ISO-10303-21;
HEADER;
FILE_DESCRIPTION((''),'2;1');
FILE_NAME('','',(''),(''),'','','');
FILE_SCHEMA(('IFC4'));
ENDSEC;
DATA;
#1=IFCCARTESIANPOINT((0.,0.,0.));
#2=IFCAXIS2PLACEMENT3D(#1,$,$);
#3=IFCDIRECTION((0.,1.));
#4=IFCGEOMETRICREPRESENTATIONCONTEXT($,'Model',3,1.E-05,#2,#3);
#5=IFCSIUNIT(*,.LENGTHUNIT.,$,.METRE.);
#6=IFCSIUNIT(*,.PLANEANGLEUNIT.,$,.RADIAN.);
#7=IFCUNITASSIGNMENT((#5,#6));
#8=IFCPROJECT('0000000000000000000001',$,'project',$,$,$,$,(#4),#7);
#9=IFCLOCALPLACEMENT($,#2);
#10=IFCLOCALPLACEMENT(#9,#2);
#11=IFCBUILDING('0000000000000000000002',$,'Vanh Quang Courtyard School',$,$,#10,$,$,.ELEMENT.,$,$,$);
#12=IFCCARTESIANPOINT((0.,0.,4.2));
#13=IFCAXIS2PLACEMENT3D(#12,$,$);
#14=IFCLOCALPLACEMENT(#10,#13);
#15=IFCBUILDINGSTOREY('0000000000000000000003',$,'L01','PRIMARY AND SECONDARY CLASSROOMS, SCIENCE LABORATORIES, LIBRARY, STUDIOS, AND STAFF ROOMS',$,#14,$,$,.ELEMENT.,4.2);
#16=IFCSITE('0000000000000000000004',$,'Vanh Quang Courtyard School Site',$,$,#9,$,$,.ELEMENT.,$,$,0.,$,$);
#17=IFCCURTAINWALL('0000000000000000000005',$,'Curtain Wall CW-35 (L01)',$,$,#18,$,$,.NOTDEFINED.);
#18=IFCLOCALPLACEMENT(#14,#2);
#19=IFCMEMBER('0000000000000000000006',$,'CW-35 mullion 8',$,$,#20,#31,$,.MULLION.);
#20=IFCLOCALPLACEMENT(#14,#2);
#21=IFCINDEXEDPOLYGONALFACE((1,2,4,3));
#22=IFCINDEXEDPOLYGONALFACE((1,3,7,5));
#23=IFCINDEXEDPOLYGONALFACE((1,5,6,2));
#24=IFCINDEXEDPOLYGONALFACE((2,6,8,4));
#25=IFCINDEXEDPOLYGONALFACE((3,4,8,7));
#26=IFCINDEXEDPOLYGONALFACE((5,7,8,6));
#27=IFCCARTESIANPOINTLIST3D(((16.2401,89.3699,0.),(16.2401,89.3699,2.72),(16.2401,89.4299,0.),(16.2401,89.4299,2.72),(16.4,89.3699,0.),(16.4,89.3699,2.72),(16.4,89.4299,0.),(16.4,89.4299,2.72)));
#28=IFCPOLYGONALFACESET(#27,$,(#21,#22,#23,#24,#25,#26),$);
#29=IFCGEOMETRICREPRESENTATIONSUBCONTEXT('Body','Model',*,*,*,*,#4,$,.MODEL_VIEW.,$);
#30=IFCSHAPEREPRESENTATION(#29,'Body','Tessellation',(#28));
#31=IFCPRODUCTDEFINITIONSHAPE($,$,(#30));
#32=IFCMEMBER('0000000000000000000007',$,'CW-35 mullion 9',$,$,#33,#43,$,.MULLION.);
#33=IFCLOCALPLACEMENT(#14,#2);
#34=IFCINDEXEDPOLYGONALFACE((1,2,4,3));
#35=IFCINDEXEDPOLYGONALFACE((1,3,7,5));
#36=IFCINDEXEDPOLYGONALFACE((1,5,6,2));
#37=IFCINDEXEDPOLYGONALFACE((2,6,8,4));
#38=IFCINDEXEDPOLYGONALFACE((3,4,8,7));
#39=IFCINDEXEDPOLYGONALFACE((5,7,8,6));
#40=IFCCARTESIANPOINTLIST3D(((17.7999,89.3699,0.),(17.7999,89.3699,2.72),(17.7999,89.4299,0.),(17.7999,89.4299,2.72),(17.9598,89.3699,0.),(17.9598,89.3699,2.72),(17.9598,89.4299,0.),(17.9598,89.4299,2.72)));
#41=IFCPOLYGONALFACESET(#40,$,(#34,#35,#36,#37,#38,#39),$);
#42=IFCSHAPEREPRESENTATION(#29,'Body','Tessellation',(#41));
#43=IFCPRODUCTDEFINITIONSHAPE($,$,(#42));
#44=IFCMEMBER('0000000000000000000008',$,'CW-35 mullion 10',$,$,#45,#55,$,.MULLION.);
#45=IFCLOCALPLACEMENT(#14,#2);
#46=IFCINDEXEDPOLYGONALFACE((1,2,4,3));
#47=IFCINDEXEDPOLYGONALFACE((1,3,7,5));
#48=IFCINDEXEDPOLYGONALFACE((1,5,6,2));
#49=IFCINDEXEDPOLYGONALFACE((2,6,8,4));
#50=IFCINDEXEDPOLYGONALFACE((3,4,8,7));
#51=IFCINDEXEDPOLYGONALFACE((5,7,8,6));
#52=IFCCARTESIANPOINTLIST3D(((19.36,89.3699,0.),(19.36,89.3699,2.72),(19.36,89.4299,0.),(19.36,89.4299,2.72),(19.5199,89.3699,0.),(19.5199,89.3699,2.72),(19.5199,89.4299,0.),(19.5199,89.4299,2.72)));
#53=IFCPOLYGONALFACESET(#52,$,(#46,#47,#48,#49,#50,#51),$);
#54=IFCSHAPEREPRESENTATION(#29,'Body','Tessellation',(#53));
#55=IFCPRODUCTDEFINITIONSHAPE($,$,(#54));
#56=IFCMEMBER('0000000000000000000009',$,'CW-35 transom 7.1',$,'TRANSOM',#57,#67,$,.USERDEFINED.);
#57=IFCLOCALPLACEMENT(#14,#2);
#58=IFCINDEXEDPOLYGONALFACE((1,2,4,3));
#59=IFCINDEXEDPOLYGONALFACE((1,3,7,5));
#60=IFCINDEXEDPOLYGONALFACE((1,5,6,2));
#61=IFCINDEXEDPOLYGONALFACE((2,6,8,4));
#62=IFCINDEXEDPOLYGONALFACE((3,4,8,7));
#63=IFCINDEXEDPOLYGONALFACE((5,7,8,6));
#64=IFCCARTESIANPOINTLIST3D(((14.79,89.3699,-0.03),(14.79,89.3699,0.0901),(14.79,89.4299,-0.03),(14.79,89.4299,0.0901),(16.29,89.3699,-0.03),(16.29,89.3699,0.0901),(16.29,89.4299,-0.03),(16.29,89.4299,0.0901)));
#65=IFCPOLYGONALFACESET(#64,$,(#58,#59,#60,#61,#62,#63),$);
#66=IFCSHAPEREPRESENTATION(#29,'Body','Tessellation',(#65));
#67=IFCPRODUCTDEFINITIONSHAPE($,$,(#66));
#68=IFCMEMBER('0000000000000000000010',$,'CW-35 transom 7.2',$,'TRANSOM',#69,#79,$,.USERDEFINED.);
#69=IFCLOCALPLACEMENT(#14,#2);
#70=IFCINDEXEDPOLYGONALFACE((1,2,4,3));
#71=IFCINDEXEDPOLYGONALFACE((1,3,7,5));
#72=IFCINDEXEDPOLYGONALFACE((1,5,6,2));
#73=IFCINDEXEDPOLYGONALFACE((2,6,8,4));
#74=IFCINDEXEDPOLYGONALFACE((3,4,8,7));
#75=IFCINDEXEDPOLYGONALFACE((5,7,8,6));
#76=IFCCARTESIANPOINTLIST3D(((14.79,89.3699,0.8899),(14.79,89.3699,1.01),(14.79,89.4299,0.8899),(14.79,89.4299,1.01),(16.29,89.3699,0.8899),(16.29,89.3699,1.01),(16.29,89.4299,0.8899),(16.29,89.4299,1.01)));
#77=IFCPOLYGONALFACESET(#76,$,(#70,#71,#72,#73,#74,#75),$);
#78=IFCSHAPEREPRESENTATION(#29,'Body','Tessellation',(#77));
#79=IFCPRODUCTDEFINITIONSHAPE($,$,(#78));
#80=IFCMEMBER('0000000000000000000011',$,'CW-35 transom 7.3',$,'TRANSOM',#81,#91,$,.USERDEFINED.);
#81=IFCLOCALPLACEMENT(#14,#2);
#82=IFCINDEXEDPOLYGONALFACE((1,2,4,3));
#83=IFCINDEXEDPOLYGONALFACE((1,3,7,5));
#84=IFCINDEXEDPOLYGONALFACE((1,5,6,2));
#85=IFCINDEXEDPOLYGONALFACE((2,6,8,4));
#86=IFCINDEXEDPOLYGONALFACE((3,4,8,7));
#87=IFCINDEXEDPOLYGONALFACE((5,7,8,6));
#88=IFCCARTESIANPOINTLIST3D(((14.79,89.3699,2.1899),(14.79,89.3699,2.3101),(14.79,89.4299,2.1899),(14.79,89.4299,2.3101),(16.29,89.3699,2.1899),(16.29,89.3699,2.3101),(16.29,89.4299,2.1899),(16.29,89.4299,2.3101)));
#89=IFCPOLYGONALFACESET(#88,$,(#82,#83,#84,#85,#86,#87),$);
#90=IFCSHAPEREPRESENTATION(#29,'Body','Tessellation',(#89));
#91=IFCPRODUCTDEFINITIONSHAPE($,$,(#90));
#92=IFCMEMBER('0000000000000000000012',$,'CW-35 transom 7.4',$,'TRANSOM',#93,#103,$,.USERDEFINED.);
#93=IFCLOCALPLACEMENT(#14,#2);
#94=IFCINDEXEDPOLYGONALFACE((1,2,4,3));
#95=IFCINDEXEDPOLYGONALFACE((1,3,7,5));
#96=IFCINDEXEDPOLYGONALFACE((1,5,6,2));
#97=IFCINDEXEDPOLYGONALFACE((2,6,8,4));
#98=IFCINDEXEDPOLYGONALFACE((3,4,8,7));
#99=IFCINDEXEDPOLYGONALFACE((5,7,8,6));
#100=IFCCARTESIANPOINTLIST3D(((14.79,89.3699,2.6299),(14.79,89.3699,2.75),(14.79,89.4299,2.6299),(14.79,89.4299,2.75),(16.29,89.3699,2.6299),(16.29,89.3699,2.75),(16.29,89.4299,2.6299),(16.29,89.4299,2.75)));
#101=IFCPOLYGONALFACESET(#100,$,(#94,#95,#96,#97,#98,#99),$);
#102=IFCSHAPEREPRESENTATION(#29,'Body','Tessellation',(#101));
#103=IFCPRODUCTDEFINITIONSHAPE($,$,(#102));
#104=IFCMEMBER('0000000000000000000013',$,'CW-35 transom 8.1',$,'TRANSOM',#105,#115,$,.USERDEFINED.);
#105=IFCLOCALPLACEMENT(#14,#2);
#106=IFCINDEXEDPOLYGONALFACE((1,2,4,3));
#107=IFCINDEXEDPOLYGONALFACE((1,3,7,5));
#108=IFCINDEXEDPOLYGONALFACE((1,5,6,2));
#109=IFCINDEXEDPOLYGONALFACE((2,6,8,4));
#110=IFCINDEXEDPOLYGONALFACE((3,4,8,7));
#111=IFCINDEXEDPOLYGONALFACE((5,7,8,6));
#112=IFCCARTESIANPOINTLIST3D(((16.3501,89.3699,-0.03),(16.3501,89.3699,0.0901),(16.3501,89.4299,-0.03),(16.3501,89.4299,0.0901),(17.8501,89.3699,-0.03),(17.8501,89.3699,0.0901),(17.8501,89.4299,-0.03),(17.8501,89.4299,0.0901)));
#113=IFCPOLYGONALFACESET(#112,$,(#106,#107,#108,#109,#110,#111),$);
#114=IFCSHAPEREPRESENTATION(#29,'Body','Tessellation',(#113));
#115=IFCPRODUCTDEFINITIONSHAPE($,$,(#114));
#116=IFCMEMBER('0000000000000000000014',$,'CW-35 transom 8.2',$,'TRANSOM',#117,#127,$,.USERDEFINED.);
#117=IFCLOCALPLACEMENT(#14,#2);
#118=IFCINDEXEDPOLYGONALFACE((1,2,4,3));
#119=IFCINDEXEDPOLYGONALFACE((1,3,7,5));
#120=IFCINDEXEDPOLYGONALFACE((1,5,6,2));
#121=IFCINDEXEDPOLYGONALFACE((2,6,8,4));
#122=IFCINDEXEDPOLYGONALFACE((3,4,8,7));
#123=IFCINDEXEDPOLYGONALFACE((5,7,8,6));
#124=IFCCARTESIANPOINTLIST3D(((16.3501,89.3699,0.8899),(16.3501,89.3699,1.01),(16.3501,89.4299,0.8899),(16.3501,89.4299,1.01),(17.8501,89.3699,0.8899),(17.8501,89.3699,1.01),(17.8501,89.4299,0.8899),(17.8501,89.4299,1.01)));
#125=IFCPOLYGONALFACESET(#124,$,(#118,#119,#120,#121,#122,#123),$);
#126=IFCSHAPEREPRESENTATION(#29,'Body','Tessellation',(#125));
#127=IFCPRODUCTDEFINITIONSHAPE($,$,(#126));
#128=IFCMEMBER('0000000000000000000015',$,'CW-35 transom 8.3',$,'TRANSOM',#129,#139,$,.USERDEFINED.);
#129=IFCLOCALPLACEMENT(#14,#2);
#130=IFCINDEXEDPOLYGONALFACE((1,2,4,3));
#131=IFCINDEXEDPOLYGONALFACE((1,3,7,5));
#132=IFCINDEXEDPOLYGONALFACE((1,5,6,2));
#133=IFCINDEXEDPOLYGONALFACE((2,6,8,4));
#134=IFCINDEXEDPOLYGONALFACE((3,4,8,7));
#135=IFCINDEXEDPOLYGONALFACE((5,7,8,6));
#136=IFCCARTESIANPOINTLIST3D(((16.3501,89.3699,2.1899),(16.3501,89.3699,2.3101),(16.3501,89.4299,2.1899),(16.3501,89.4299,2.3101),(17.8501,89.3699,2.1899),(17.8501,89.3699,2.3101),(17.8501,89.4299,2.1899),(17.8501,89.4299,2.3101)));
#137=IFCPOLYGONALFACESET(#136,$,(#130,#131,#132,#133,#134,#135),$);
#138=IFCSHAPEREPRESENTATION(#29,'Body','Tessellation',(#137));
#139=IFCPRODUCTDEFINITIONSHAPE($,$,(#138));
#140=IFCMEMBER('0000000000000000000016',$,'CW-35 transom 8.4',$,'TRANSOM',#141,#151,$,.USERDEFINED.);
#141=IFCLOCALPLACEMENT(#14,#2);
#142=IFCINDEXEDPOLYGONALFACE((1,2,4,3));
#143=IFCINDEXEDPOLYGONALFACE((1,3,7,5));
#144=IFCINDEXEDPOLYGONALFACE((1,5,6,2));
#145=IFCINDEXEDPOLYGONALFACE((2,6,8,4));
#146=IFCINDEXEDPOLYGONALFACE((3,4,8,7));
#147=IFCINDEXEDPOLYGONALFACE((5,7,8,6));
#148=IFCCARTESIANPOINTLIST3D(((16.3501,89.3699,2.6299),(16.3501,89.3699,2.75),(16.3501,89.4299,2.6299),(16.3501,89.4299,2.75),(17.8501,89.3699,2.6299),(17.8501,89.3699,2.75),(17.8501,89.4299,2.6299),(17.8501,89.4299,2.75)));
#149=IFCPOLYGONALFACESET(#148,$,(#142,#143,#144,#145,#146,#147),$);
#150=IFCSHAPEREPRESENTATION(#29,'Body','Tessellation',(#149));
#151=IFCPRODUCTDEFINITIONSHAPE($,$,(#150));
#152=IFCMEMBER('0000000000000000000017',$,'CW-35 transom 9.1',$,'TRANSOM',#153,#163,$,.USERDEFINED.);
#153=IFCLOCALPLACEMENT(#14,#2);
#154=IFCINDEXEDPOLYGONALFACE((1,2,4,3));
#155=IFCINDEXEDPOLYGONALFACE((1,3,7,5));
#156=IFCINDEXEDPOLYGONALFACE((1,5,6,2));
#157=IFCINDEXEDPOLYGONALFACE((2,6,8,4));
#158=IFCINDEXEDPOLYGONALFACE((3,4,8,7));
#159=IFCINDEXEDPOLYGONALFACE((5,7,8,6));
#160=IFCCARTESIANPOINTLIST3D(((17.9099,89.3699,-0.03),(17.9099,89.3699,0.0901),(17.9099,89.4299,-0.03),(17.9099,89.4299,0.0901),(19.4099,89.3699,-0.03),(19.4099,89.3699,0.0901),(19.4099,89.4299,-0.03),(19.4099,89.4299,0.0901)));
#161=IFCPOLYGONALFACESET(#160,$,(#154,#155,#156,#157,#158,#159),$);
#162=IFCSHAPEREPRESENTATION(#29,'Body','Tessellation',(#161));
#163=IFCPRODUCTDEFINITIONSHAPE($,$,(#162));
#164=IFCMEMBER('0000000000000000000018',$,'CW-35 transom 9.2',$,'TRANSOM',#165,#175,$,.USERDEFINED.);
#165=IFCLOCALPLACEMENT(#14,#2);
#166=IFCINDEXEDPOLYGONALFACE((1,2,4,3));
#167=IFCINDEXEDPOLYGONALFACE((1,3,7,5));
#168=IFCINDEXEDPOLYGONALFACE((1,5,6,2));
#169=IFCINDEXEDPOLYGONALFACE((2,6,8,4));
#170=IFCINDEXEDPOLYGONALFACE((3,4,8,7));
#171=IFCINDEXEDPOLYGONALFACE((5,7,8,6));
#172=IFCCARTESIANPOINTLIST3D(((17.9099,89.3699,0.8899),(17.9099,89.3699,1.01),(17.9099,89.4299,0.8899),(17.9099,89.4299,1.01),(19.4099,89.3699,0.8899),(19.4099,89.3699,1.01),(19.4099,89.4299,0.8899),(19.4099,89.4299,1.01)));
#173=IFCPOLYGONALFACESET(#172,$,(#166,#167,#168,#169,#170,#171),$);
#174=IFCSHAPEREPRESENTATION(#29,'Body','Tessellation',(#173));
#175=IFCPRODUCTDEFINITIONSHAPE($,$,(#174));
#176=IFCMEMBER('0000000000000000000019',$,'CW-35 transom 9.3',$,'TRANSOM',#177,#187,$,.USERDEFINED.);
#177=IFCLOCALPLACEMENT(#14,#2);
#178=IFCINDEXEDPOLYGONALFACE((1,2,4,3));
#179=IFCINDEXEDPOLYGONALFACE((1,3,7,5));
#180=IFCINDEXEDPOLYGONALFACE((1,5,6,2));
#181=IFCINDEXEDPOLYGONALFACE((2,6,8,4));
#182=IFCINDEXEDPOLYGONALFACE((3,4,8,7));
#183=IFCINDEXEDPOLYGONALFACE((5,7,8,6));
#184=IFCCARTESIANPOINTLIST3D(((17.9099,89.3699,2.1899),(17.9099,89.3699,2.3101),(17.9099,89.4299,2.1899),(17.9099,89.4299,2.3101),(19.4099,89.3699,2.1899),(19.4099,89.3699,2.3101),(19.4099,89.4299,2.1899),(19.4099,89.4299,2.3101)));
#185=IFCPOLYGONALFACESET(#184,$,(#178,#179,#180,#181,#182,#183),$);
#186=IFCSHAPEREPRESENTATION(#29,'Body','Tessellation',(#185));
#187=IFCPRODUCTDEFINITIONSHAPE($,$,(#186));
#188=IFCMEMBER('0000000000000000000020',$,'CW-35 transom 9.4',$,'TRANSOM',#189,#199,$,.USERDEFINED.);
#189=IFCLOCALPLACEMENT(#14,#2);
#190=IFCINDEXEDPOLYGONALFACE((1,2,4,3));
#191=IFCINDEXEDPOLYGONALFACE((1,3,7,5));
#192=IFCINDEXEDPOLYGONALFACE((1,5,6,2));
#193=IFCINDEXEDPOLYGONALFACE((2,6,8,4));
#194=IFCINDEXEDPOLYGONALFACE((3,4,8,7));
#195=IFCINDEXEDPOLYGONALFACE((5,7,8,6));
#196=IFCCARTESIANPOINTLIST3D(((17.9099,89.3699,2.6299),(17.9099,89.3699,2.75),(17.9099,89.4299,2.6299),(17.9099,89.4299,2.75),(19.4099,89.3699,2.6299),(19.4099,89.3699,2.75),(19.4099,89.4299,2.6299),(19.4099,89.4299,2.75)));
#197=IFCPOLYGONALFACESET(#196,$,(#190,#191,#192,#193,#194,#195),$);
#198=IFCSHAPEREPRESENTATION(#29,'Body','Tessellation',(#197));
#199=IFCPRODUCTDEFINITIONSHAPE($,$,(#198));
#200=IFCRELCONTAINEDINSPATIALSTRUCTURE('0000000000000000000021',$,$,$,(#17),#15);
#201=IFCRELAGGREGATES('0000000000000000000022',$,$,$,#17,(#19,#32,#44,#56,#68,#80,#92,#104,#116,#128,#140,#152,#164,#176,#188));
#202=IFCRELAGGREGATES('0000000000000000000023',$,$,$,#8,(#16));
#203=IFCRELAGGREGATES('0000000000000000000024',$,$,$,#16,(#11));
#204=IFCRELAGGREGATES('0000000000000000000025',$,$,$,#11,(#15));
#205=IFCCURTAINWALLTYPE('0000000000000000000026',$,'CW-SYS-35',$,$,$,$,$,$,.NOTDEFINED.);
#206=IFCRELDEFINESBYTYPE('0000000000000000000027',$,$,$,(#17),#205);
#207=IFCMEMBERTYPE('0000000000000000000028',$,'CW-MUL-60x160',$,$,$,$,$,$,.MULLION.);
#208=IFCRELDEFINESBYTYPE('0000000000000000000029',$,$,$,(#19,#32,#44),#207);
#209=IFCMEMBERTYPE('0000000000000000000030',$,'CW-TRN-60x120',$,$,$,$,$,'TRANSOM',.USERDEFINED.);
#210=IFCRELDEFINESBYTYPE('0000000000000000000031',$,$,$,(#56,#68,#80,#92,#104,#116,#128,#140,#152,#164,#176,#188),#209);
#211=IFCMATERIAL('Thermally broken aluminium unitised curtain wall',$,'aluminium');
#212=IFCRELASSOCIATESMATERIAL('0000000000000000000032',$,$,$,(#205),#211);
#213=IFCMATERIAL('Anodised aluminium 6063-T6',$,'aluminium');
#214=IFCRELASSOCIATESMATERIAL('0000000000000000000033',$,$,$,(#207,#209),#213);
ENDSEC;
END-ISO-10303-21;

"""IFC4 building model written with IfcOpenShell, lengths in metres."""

from ifc_helpers import new_model, si_unit, direction, frame, origin, origin_2d, place, context, subcontext, project, spatial, rectangle, extrude, material, material_profile, profile_set, type_object, element, aggregate, save


model = new_model("IFC4")

# Units and contexts
model_context = context("Model", 3, precision=1e-05, world=origin(), true_north=direction((0.0, 1.0)))
body_context = subcontext(model_context, "Body", "Model", "MODEL_VIEW")
ifc_project = project(units=[si_unit("LENGTHUNIT", "METRE"), si_unit("PLANEANGLEUNIT", "RADIAN")], contexts=[model_context])

# Site, building, storey
site_placement = place(None, origin())
site = spatial("IfcSite", under=ifc_project, at=site_placement, Name="Vanh Quang Courtyard School Site", CompositionType="ELEMENT", RefElevation=0.0)
building_placement = place(site_placement, origin())
building = spatial("IfcBuilding", under=site, at=building_placement, Name="Vanh Quang Courtyard School", CompositionType="ELEMENT")
storey_placement = place(building_placement, frame((0.0, 0.0, 4.2)))
storey = spatial("IfcBuildingStorey", under=building, at=storey_placement, Name="L01", Description="PRIMARY AND SECONDARY CLASSROOMS, SCIENCE LABORATORIES, LIBRARY, STUDIOS, AND STAFF ROOMS", CompositionType="ELEMENT", Elevation=4.2)

# Curtain wall, members
ifc_material_1 = material(Name="Thermally broken aluminium unitised curtain wall", Category="aluminium")
curtain_wall_type = type_object("IfcCurtainWallType", Name="CW-SYS-35", PredefinedType="NOTDEFINED", material=ifc_material_1)
curtain_wall_placement = place(storey_placement, origin())
curtain_wall = element("IfcCurtainWall", 1, at=curtain_wall_placement, inside=storey, type_object=curtain_wall_type, Name="Curtain Wall CW-35 (L01)", PredefinedType="NOTDEFINED")
ifc_material_2 = material(Name="Anodised aluminium 6063-T6", Category="aluminium")
ifc_material_profile_1 = material_profile(ifc_material_2, rectangle(XDim=0.0601, YDim=0.1599, at=origin_2d()), Name="ALU-MUL 60x160")
ifc_profile_set_1 = profile_set([ifc_material_profile_1], Name="Anodised aluminium 6063-T6")
member_type_1 = type_object("IfcMemberType", Name="CW-MUL-60x160", PredefinedType="MULLION", material=ifc_profile_set_1)
member_1_placement = place(storey_placement, frame((16.3201, 89.3999, 0.0), z_axis=(0.0, 0.0, 1.0), x_axis=(0.0, 1.0, 0.0)))
member_1 = element("IfcMember", 2, at=member_1_placement, type_object=member_type_1, Name="CW-35 mullion 8", PredefinedType="MULLION", context=body_context, shape_type="SweptSolid", body=[
    extrude(rectangle(XDim=0.0601, YDim=0.1599, at=origin_2d()), origin(), (0.0, 0.0, 1.0), 2.72),
])
member_2_placement = place(storey_placement, frame((17.8799, 89.3999, 0.0), z_axis=(0.0, 0.0, 1.0), x_axis=(0.0, 1.0, 0.0)))
member_2 = element("IfcMember", 3, at=member_2_placement, type_object=member_type_1, Name="CW-35 mullion 9", PredefinedType="MULLION", context=body_context, shape_type="SweptSolid", body=[
    extrude(rectangle(XDim=0.0601, YDim=0.1599, at=origin_2d()), origin(), (0.0, 0.0, 1.0), 2.72),
])
member_3_placement = place(storey_placement, frame((19.4399, 89.3999, 0.0), z_axis=(0.0, 0.0, 1.0), x_axis=(0.0, 1.0, 0.0)))
member_3 = element("IfcMember", 4, at=member_3_placement, type_object=member_type_1, Name="CW-35 mullion 10", PredefinedType="MULLION", context=body_context, shape_type="SweptSolid", body=[
    extrude(rectangle(XDim=0.0601, YDim=0.1599, at=origin_2d()), origin(), (0.0, 0.0, 1.0), 2.72),
])
ifc_material_profile_2 = material_profile(ifc_material_2, rectangle(XDim=0.0601, YDim=0.1201, at=origin_2d()), Name="ALU-TRN 60x120")
ifc_profile_set_2 = profile_set([ifc_material_profile_2], Name="Anodised aluminium 6063-T6")
member_type_2 = type_object("IfcMemberType", Name="CW-TRN-60x120", ElementType="TRANSOM", PredefinedType="USERDEFINED", material=ifc_profile_set_2)
member_4_placement = place(storey_placement, frame((14.79, 89.3999, 0.03), z_axis=(1.0, 0.0, 0.0), x_axis=(0.0, 1.0, 0.0)))
member_4 = element("IfcMember", 5, at=member_4_placement, type_object=member_type_2, Name="CW-35 transom 7.1", ObjectType="TRANSOM", PredefinedType="USERDEFINED", context=body_context, shape_type="SweptSolid", body=[
    extrude(rectangle(XDim=0.0601, YDim=0.1201, at=origin_2d()), origin(), (0.0, 0.0, 1.0), 1.5),
])
member_5_placement = place(storey_placement, frame((14.79, 89.3999, 0.95), z_axis=(1.0, 0.0, 0.0), x_axis=(0.0, 1.0, 0.0)))
member_5 = element("IfcMember", 6, at=member_5_placement, type_object=member_type_2, Name="CW-35 transom 7.2", ObjectType="TRANSOM", PredefinedType="USERDEFINED", context=body_context, shape_type="SweptSolid", body=[
    extrude(rectangle(XDim=0.0601, YDim=0.1201, at=origin_2d()), origin(), (0.0, 0.0, 1.0), 1.5),
])
member_6_placement = place(storey_placement, frame((14.79, 89.3999, 2.25), z_axis=(1.0, 0.0, 0.0), x_axis=(0.0, 1.0, 0.0)))
member_6 = element("IfcMember", 7, at=member_6_placement, type_object=member_type_2, Name="CW-35 transom 7.3", ObjectType="TRANSOM", PredefinedType="USERDEFINED", context=body_context, shape_type="SweptSolid", body=[
    extrude(rectangle(XDim=0.0601, YDim=0.1201, at=origin_2d()), origin(), (0.0, 0.0, 1.0), 1.5),
])
member_7_placement = place(storey_placement, frame((14.79, 89.3999, 2.6899), z_axis=(1.0, 0.0, 0.0), x_axis=(0.0, 1.0, 0.0)))
member_7 = element("IfcMember", 8, at=member_7_placement, type_object=member_type_2, Name="CW-35 transom 7.4", ObjectType="TRANSOM", PredefinedType="USERDEFINED", context=body_context, shape_type="SweptSolid", body=[
    extrude(rectangle(XDim=0.0601, YDim=0.1201, at=origin_2d()), origin(), (0.0, 0.0, 1.0), 1.5),
])
member_8_placement = place(storey_placement, frame((16.3501, 89.3999, 0.03), z_axis=(1.0, 0.0, 0.0), x_axis=(0.0, 1.0, 0.0)))
member_8 = element("IfcMember", 9, at=member_8_placement, type_object=member_type_2, Name="CW-35 transom 8.1", ObjectType="TRANSOM", PredefinedType="USERDEFINED", context=body_context, shape_type="SweptSolid", body=[
    extrude(rectangle(XDim=0.0601, YDim=0.1201, at=origin_2d()), origin(), (0.0, 0.0, 1.0), 1.5),
])
member_9_placement = place(storey_placement, frame((16.3501, 89.3999, 0.95), z_axis=(1.0, 0.0, 0.0), x_axis=(0.0, 1.0, 0.0)))
member_9 = element("IfcMember", 10, at=member_9_placement, type_object=member_type_2, Name="CW-35 transom 8.2", ObjectType="TRANSOM", PredefinedType="USERDEFINED", context=body_context, shape_type="SweptSolid", body=[
    extrude(rectangle(XDim=0.0601, YDim=0.1201, at=origin_2d()), origin(), (0.0, 0.0, 1.0), 1.5),
])
member_10_placement = place(storey_placement, frame((16.3501, 89.3999, 2.25), z_axis=(1.0, 0.0, 0.0), x_axis=(0.0, 1.0, 0.0)))
member_10 = element("IfcMember", 11, at=member_10_placement, type_object=member_type_2, Name="CW-35 transom 8.3", ObjectType="TRANSOM", PredefinedType="USERDEFINED", context=body_context, shape_type="SweptSolid", body=[
    extrude(rectangle(XDim=0.0601, YDim=0.1201, at=origin_2d()), origin(), (0.0, 0.0, 1.0), 1.5),
])
member_11_placement = place(storey_placement, frame((16.3501, 89.3999, 2.6899), z_axis=(1.0, 0.0, 0.0), x_axis=(0.0, 1.0, 0.0)))
member_11 = element("IfcMember", 12, at=member_11_placement, type_object=member_type_2, Name="CW-35 transom 8.4", ObjectType="TRANSOM", PredefinedType="USERDEFINED", context=body_context, shape_type="SweptSolid", body=[
    extrude(rectangle(XDim=0.0601, YDim=0.1201, at=origin_2d()), origin(), (0.0, 0.0, 1.0), 1.5),
])
member_12_placement = place(storey_placement, frame((17.9099, 89.3999, 0.03), z_axis=(1.0, 0.0, 0.0), x_axis=(0.0, 1.0, 0.0)))
member_12 = element("IfcMember", 13, at=member_12_placement, type_object=member_type_2, Name="CW-35 transom 9.1", ObjectType="TRANSOM", PredefinedType="USERDEFINED", context=body_context, shape_type="SweptSolid", body=[
    extrude(rectangle(XDim=0.0601, YDim=0.1201, at=origin_2d()), origin(), (0.0, 0.0, 1.0), 1.5),
])
member_13_placement = place(storey_placement, frame((17.9099, 89.3999, 0.95), z_axis=(1.0, 0.0, 0.0), x_axis=(0.0, 1.0, 0.0)))
member_13 = element("IfcMember", 14, at=member_13_placement, type_object=member_type_2, Name="CW-35 transom 9.2", ObjectType="TRANSOM", PredefinedType="USERDEFINED", context=body_context, shape_type="SweptSolid", body=[
    extrude(rectangle(XDim=0.0601, YDim=0.1201, at=origin_2d()), origin(), (0.0, 0.0, 1.0), 1.5),
])
member_14_placement = place(storey_placement, frame((17.9099, 89.3999, 2.25), z_axis=(1.0, 0.0, 0.0), x_axis=(0.0, 1.0, 0.0)))
member_14 = element("IfcMember", 15, at=member_14_placement, type_object=member_type_2, Name="CW-35 transom 9.3", ObjectType="TRANSOM", PredefinedType="USERDEFINED", context=body_context, shape_type="SweptSolid", body=[
    extrude(rectangle(XDim=0.0601, YDim=0.1201, at=origin_2d()), origin(), (0.0, 0.0, 1.0), 1.5),
])
member_15_placement = place(storey_placement, frame((17.9099, 89.3999, 2.6899), z_axis=(1.0, 0.0, 0.0), x_axis=(0.0, 1.0, 0.0)))
member_15 = element("IfcMember", 16, at=member_15_placement, type_object=member_type_2, Name="CW-35 transom 9.4", ObjectType="TRANSOM", PredefinedType="USERDEFINED", context=body_context, shape_type="SweptSolid", body=[
    extrude(rectangle(XDim=0.0601, YDim=0.1201, at=origin_2d()), origin(), (0.0, 0.0, 1.0), 1.5),
])
aggregate(curtain_wall, [member_1, member_2, member_3, member_4, member_5, member_6, member_7, member_8, member_9, member_10, member_11, member_12, member_13, member_14, member_15])

save(model, "model.ifc")
